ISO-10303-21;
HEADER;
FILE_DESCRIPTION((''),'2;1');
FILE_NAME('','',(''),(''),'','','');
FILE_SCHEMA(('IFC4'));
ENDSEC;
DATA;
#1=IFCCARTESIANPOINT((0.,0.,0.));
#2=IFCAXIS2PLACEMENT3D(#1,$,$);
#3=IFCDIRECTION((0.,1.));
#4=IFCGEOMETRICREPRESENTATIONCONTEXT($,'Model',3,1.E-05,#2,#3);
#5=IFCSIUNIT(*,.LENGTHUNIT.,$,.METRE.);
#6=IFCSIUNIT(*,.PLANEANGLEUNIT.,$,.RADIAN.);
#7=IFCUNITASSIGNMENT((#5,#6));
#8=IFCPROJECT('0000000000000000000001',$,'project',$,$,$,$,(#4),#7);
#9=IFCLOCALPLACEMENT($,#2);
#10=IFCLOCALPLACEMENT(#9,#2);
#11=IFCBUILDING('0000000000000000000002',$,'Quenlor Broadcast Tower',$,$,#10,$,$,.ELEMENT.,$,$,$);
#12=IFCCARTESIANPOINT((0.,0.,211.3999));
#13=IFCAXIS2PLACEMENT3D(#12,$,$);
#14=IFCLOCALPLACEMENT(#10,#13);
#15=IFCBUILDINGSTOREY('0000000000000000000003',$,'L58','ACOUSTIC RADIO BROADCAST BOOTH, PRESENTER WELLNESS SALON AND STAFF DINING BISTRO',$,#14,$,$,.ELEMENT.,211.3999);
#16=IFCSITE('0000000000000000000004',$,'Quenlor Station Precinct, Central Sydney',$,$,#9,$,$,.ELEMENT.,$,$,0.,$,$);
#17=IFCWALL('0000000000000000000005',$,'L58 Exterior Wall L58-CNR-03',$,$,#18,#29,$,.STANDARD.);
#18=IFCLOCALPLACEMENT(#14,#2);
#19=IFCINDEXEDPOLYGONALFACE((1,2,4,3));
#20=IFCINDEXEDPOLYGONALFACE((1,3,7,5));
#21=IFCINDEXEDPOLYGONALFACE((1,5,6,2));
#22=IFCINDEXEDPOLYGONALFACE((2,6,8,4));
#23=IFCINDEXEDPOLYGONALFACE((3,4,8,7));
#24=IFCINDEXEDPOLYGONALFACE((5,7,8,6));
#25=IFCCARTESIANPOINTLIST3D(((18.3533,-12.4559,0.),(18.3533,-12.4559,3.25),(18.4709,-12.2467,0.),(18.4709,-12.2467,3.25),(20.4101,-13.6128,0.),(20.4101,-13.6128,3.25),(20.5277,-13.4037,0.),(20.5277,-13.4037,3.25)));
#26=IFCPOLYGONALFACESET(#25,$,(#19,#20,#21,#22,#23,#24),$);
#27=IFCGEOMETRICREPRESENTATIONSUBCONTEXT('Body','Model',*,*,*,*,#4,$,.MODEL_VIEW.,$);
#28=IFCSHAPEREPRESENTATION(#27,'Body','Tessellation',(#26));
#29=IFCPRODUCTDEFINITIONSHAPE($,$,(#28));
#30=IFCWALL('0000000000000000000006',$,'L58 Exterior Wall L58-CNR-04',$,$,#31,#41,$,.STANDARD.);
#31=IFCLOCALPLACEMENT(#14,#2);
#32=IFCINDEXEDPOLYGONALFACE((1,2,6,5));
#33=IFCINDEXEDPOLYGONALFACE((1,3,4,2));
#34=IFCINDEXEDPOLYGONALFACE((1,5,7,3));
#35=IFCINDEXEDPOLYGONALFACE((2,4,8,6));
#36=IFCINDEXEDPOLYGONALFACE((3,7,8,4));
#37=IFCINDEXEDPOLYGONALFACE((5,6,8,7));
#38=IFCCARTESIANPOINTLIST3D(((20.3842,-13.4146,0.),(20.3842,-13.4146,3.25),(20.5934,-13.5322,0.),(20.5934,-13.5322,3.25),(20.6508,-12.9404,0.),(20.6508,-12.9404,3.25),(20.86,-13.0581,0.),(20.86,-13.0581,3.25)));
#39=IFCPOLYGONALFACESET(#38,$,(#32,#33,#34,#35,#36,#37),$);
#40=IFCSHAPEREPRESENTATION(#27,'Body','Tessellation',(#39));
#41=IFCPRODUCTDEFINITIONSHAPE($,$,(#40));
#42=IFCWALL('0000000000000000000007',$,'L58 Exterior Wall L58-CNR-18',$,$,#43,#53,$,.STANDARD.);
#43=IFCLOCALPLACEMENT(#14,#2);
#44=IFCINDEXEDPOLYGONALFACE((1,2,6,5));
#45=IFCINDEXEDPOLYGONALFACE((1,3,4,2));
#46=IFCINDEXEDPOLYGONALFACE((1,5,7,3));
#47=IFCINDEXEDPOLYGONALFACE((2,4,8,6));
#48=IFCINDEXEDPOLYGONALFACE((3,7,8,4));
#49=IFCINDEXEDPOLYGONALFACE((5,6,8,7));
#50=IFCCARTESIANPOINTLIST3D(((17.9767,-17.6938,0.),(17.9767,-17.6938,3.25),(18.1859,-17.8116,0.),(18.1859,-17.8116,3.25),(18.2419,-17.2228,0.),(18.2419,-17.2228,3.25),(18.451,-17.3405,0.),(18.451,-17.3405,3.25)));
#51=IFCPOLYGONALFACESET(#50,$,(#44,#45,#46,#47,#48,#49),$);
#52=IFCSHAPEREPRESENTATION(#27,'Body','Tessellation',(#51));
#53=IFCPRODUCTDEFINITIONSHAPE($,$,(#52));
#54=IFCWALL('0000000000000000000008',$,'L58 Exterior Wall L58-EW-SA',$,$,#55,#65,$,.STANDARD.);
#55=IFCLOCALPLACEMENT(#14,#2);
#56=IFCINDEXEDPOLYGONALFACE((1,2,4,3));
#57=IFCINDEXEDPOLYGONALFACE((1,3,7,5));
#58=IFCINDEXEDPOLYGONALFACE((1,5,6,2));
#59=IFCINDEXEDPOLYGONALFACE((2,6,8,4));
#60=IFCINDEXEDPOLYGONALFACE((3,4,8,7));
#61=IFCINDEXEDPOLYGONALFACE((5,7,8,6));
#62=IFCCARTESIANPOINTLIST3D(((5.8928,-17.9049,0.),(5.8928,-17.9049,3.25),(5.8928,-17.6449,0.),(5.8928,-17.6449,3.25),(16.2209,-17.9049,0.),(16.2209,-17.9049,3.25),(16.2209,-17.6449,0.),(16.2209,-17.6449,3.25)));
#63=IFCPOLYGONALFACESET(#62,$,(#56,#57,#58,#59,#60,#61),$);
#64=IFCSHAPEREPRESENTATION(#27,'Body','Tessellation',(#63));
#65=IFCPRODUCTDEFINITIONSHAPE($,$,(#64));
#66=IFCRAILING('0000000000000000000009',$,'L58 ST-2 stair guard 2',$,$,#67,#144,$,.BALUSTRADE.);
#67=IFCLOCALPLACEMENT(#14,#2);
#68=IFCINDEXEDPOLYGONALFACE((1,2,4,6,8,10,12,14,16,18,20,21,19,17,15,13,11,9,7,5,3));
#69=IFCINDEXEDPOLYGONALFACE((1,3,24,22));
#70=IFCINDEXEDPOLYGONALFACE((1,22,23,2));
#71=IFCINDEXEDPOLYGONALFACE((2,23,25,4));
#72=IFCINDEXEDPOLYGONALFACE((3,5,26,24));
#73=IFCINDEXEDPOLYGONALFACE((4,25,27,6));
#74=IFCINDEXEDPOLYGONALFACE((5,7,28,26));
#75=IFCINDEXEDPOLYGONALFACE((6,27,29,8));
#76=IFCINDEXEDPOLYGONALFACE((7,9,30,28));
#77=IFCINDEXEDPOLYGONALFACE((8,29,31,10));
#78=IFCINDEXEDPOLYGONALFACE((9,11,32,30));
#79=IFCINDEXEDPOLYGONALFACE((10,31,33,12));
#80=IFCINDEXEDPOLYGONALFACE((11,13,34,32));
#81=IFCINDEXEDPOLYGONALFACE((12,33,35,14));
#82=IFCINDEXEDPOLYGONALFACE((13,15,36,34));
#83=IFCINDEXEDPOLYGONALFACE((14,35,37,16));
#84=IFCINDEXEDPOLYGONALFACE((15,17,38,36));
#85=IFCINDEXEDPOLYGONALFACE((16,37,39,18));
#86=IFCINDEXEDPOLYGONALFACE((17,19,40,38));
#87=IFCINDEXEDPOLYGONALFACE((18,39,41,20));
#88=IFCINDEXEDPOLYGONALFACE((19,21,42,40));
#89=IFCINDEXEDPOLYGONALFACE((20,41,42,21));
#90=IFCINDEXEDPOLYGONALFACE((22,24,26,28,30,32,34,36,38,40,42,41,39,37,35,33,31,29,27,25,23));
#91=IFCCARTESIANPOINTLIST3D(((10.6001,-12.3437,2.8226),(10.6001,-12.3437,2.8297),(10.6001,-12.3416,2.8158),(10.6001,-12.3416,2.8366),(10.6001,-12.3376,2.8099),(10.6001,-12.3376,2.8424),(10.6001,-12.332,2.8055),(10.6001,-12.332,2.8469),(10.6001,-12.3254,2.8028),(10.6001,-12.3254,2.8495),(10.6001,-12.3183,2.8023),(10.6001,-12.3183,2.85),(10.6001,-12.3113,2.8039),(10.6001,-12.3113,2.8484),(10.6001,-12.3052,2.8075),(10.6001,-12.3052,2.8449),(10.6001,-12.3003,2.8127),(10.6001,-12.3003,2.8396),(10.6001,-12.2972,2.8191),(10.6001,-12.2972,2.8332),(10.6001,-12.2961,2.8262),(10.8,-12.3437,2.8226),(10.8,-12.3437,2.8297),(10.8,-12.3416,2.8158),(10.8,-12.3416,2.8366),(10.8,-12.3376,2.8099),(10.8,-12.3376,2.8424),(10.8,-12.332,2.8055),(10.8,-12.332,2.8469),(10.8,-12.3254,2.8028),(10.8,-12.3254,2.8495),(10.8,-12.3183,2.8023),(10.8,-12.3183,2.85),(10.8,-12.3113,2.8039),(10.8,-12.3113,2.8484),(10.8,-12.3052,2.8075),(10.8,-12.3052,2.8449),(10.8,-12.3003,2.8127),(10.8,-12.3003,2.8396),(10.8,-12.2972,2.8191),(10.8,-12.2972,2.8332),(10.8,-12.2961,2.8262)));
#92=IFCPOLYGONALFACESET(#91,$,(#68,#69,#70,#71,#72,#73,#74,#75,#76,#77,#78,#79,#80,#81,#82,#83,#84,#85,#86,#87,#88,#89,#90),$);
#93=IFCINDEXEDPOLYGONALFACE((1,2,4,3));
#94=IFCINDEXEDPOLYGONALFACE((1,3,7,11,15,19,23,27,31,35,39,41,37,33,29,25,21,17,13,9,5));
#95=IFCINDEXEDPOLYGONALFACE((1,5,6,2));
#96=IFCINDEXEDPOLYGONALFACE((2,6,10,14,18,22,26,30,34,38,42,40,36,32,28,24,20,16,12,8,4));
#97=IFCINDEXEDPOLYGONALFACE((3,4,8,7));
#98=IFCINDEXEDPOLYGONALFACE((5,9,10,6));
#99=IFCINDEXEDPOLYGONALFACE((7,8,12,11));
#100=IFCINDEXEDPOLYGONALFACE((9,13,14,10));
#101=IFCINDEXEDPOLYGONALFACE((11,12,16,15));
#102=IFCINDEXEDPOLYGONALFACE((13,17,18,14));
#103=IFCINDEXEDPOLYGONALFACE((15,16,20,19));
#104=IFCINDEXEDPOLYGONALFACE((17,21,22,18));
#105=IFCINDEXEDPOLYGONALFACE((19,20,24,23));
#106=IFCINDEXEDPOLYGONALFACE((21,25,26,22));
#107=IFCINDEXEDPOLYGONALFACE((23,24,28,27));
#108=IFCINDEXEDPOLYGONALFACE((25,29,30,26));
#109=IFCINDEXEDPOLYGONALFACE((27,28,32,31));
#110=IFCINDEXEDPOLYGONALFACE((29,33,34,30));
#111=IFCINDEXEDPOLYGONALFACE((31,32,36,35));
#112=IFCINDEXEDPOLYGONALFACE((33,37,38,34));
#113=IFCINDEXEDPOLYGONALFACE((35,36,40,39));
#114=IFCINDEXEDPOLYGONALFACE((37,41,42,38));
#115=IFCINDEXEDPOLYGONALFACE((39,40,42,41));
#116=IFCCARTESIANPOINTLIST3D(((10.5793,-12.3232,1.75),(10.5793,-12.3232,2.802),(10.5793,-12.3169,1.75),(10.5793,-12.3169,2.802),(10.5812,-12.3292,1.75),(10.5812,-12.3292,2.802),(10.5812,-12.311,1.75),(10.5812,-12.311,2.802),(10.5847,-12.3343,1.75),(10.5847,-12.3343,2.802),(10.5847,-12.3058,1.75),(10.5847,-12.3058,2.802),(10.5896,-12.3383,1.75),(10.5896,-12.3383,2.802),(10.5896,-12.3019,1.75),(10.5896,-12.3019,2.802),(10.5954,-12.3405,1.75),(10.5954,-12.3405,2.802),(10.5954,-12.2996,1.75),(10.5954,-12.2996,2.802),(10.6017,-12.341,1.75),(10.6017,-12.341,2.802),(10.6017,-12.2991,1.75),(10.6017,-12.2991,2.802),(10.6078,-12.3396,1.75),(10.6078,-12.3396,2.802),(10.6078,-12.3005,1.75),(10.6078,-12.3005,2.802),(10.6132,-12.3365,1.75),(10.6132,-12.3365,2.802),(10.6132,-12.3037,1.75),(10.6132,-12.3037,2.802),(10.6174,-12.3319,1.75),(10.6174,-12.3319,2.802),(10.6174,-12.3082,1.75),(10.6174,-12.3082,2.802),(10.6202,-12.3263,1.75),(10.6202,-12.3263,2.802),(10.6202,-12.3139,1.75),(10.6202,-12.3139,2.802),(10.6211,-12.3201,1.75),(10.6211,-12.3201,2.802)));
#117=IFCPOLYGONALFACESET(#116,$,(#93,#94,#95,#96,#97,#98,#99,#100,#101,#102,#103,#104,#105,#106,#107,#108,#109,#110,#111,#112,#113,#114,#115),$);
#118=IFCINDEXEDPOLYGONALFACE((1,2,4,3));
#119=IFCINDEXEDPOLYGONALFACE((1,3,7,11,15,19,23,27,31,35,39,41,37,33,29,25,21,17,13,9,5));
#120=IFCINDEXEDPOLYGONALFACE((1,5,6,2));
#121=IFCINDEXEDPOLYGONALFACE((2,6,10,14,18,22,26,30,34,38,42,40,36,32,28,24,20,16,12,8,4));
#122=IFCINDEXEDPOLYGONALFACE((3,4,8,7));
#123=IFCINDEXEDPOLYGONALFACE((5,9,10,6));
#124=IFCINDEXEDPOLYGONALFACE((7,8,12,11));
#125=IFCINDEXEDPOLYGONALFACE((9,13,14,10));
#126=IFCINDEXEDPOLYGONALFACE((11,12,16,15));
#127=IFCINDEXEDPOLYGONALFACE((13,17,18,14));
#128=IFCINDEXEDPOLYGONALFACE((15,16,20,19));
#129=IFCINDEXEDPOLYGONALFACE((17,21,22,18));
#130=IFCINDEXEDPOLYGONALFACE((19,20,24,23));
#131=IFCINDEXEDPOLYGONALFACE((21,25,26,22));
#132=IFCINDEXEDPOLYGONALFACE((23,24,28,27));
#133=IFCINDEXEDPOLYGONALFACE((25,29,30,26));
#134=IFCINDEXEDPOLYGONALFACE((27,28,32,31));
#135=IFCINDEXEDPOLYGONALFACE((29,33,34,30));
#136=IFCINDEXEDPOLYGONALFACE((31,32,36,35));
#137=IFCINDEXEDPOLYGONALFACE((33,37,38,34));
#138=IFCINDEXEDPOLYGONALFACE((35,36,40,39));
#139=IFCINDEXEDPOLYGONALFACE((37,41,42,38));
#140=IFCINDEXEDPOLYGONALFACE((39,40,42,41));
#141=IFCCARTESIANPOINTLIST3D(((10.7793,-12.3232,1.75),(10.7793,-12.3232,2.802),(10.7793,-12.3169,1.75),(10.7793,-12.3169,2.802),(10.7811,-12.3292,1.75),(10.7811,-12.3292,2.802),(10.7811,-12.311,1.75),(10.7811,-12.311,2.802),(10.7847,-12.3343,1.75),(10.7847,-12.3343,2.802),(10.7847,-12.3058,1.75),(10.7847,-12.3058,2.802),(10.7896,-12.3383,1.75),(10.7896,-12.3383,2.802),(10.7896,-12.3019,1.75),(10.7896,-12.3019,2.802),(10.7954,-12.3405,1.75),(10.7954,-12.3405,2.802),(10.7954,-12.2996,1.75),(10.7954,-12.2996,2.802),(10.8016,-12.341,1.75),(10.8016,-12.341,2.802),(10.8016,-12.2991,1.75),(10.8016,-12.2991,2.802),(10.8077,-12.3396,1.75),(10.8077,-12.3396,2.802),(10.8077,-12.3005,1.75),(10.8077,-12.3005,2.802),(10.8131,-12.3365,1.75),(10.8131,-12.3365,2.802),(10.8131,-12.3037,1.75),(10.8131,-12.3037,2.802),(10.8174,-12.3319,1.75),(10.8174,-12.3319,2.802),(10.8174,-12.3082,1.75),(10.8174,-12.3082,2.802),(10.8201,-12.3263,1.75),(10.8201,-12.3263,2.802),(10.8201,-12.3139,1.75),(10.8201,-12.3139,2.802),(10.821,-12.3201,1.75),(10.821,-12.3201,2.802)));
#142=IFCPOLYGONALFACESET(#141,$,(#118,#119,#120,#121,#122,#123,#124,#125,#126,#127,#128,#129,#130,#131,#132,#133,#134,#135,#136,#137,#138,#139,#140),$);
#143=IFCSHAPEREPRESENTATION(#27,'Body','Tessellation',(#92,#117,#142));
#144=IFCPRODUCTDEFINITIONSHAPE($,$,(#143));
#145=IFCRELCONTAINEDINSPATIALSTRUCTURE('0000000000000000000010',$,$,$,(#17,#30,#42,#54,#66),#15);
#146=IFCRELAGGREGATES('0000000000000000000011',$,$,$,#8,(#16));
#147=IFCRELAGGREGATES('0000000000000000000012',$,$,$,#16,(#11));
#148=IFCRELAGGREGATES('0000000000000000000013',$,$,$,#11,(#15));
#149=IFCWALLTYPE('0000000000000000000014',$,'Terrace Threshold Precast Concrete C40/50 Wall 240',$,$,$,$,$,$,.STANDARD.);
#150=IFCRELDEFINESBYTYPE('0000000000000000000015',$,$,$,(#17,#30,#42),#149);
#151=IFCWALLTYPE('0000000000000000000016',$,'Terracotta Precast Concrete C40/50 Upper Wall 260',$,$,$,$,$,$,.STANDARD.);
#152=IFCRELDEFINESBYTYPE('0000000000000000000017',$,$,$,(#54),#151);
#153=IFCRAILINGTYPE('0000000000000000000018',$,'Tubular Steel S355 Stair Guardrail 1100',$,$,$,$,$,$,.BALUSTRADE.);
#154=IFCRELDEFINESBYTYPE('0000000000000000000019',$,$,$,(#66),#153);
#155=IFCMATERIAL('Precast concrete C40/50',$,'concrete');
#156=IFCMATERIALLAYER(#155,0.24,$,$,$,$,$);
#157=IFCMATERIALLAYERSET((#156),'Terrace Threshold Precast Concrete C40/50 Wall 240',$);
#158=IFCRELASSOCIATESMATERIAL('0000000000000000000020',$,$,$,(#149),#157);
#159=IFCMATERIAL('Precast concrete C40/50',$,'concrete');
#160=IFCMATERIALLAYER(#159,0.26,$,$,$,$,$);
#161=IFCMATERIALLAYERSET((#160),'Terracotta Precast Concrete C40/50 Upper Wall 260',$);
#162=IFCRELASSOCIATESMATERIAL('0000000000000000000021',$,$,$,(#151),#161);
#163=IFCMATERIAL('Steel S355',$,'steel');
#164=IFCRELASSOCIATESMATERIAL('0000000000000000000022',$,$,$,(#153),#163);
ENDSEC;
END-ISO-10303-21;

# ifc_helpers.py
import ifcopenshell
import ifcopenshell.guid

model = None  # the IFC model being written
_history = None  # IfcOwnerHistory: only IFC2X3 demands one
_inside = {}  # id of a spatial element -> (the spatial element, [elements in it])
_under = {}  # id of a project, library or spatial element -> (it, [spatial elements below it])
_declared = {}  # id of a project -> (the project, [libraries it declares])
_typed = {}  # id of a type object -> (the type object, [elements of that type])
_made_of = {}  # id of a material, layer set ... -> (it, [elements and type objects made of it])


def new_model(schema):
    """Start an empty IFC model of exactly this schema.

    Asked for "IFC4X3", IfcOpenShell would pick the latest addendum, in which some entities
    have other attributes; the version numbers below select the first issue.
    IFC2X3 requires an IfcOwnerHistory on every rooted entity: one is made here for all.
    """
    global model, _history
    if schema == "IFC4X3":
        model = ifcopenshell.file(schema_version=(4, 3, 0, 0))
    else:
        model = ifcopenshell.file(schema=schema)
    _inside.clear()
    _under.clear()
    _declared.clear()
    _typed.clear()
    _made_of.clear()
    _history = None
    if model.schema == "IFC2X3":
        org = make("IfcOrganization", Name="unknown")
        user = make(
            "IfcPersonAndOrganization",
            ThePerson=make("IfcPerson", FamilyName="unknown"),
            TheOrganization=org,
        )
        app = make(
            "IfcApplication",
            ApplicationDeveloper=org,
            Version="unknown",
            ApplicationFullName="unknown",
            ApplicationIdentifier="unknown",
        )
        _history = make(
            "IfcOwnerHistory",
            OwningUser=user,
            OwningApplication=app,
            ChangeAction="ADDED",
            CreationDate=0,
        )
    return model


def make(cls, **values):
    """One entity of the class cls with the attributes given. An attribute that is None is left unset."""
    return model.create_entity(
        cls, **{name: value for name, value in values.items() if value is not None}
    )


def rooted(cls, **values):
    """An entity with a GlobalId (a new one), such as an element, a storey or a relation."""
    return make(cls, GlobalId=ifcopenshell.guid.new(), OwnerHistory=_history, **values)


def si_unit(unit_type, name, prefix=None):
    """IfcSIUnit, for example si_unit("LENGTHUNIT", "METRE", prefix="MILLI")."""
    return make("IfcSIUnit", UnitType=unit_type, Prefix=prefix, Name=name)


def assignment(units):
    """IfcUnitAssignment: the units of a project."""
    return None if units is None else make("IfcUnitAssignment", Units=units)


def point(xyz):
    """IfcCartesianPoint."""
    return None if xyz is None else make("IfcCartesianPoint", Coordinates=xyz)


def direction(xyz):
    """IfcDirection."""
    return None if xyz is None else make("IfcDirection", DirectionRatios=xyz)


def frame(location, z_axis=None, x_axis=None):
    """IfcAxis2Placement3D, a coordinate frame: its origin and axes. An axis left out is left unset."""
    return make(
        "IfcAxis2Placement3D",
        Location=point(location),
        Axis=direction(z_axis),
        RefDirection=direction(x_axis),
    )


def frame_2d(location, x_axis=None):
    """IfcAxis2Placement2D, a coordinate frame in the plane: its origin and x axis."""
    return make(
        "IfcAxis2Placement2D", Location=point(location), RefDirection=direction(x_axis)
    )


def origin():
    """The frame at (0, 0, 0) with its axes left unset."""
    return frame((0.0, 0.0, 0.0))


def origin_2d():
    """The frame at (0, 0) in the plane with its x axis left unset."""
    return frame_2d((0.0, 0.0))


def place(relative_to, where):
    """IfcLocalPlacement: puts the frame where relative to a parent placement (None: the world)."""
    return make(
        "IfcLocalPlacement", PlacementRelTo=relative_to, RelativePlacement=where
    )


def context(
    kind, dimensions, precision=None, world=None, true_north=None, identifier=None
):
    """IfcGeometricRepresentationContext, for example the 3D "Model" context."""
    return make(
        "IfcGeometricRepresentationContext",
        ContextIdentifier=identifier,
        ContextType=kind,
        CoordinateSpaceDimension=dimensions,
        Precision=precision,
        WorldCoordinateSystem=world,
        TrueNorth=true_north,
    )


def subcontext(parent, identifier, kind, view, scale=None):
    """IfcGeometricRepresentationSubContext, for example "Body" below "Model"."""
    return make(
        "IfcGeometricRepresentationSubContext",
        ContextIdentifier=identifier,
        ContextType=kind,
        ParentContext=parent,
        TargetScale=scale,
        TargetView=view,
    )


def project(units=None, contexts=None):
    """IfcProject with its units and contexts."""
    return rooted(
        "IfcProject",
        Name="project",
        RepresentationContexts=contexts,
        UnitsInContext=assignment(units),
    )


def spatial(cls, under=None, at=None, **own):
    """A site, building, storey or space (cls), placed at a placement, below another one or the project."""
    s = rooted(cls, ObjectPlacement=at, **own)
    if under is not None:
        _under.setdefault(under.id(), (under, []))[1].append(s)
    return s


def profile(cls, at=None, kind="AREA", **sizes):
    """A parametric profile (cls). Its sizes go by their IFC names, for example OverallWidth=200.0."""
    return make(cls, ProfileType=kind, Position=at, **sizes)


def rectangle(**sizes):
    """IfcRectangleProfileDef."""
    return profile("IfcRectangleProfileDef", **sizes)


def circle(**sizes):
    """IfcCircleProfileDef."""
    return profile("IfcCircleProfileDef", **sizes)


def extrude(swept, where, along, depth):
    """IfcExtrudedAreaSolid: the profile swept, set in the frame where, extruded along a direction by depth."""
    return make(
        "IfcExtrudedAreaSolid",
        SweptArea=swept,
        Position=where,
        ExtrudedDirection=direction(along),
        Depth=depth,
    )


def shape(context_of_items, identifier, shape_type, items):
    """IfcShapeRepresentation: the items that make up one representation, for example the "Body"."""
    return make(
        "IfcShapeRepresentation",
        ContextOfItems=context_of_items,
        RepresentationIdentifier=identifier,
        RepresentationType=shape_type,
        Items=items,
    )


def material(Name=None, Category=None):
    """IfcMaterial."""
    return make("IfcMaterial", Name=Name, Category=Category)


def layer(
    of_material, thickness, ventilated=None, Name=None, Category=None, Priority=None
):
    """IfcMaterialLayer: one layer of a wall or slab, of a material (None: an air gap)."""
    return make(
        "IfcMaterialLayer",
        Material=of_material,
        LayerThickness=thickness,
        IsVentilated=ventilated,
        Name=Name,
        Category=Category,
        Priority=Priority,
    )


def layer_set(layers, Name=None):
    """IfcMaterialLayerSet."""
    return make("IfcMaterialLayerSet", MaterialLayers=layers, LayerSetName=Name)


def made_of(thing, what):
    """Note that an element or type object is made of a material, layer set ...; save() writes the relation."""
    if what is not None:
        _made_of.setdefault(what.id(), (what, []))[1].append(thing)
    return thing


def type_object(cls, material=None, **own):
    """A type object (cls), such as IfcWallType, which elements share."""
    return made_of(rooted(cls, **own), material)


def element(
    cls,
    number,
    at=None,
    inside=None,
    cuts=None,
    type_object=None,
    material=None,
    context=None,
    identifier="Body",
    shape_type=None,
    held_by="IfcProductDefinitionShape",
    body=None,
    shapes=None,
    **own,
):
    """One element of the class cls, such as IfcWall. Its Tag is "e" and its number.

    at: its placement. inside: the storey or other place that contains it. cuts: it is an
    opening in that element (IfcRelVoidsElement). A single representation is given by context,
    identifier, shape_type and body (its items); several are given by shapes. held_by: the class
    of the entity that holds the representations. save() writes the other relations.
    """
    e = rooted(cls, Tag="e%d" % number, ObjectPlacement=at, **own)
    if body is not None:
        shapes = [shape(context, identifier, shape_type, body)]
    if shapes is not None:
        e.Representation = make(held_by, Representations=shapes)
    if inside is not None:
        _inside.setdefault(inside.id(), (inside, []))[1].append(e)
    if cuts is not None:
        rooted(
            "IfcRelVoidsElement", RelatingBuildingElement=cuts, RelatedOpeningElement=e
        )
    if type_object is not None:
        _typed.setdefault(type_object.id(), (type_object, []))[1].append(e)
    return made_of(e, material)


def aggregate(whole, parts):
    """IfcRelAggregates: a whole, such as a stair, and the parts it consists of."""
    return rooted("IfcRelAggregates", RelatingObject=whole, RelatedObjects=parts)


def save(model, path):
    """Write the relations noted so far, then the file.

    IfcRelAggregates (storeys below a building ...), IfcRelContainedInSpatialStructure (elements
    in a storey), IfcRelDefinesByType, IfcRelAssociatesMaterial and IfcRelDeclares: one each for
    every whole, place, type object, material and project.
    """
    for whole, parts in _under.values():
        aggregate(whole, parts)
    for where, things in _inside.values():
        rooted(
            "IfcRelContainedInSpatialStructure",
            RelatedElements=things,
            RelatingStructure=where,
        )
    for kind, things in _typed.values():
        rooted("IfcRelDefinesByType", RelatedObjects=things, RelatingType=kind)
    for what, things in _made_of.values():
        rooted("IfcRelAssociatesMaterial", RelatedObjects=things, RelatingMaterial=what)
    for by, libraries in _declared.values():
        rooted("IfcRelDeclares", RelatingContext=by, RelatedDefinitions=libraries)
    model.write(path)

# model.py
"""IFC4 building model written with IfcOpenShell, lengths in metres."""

from ifc_helpers import new_model, si_unit, direction, frame, frame_2d, origin, origin_2d, place, context, subcontext, project, spatial, rectangle, circle, extrude, material, layer, layer_set, type_object, element, save


model = new_model("IFC4")

# Units and contexts
model_context = context("Model", 3, precision=1e-05, world=origin(), true_north=direction((0.0, 1.0)))
body_context = subcontext(model_context, "Body", "Model", "MODEL_VIEW")
ifc_project = project(units=[si_unit("LENGTHUNIT", "METRE"), si_unit("PLANEANGLEUNIT", "RADIAN")], contexts=[model_context])

# Site, building, storey
site_placement = place(None, origin())
site = spatial("IfcSite", under=ifc_project, at=site_placement, Name="Quenlor Station Precinct, Central Sydney", CompositionType="ELEMENT", RefElevation=0.0)
building_placement = place(site_placement, origin())
building = spatial("IfcBuilding", under=site, at=building_placement, Name="Quenlor Broadcast Tower", CompositionType="ELEMENT")
storey_placement = place(building_placement, frame((0.0, 0.0, 211.3999)))
storey = spatial("IfcBuildingStorey", under=building, at=storey_placement, Name="L58", Description="ACOUSTIC RADIO BROADCAST BOOTH, PRESENTER WELLNESS SALON AND STAFF DINING BISTRO", CompositionType="ELEMENT", Elevation=211.3999)

# Walls
ifc_material_1 = material(Name="Precast concrete C40/50", Category="concrete")
ifc_layer_1 = layer(ifc_material_1, 0.24)
ifc_layer_set_1 = layer_set([ifc_layer_1], Name="Terrace Threshold Precast Concrete C40/50 Wall 240")
wall_type_1 = type_object("IfcWallType", Name="Terrace Threshold Precast Concrete C40/50 Wall 240", PredefinedType="STANDARD", material=ifc_layer_set_1)
wall_1_placement = place(storey_placement, frame((18.4121, -12.3513, 0.0), z_axis=(0.0, 0.0, 1.0), x_axis=(0.871578, -0.490256, 0.0)))
element("IfcWall", 1, at=wall_1_placement, inside=storey, type_object=wall_type_1, Name="L58 Exterior Wall L58-CNR-03", PredefinedType="STANDARD", context=body_context, shape_type="SweptSolid", body=[
    extrude(rectangle(XDim=2.3599, YDim=0.24, at=frame_2d((1.1799, 0.0))), origin(), (0.0, 0.0, 1.0), 3.25),
])
wall_2_placement = place(storey_placement, frame((20.4888, -13.4734, 0.0), z_axis=(0.0, 0.0, 1.0), x_axis=(0.490133, 0.871647, 0.0)))
element("IfcWall", 2, at=wall_2_placement, inside=storey, type_object=wall_type_1, Name="L58 Exterior Wall L58-CNR-04", PredefinedType="STANDARD", context=body_context, shape_type="SweptSolid", body=[
    extrude(rectangle(XDim=0.5439, YDim=0.24, at=frame_2d((0.272, 0.0))), origin(), (0.0, 0.0, 1.0), 3.25),
])
wall_3_placement = place(storey_placement, frame((18.0813, -17.7527, 0.0), z_axis=(0.0, 0.0, 1.0), x_axis=(0.490583, 0.871395, 0.0)))
element("IfcWall", 3, at=wall_3_placement, inside=storey, type_object=wall_type_1, Name="L58 Exterior Wall L58-CNR-18", PredefinedType="STANDARD", context=body_context, shape_type="SweptSolid", body=[
    extrude(rectangle(XDim=0.5405, YDim=0.24, at=frame_2d((0.2703, 0.0))), origin(), (0.0, 0.0, 1.0), 3.25),
])
ifc_material_2 = material(Name="Precast concrete C40/50", Category="concrete")
ifc_layer_2 = layer(ifc_material_2, 0.26)
ifc_layer_set_2 = layer_set([ifc_layer_2], Name="Terracotta Precast Concrete C40/50 Upper Wall 260")
wall_type_2 = type_object("IfcWallType", Name="Terracotta Precast Concrete C40/50 Upper Wall 260", PredefinedType="STANDARD", material=ifc_layer_set_2)
wall_4_placement = place(storey_placement, frame((16.2209, -17.7749, 0.0), z_axis=(0.0, 0.0, 1.0), x_axis=(-1.0, 0.0, 0.0)))
element("IfcWall", 4, at=wall_4_placement, inside=storey, type_object=wall_type_2, Name="L58 Exterior Wall L58-EW-SA", PredefinedType="STANDARD", context=body_context, shape_type="SweptSolid", body=[
    extrude(rectangle(XDim=10.3281, YDim=0.26, at=frame_2d((5.1641, 0.0))), origin(), (0.0, 0.0, 1.0), 3.25),
])

# Railing
ifc_material_3 = material(Name="Steel S355", Category="steel")
railing_type = type_object("IfcRailingType", Name="Tubular Steel S355 Stair Guardrail 1100", PredefinedType="BALUSTRADE", material=ifc_material_3)
railing_1_placement = place(storey_placement, frame((10.6001, -12.3201, 1.75)))
element("IfcRailing", 5, at=railing_1_placement, inside=storey, type_object=railing_type, Name="L58 ST-2 stair guard 2", PredefinedType="BALUSTRADE", context=body_context, shape_type="SweptSolid", body=[
    extrude(circle(Radius=0.0239, at=origin_2d()), frame((0.0, 0.0, 1.0762), z_axis=(1.0, 0.0, 0.0), x_axis=(0.0, 1.0, 0.0)), (0.0, 0.0, 1.0), 0.2),
    extrude(circle(Radius=0.021, at=origin_2d()), origin(), (0.0, 0.0, 1.0), 1.052),
    extrude(circle(Radius=0.021, at=origin_2d()), frame((0.2, 0.0, 0.0)), (0.0, 0.0, 1.0), 1.052),
])

save(model, "model.ifc")
